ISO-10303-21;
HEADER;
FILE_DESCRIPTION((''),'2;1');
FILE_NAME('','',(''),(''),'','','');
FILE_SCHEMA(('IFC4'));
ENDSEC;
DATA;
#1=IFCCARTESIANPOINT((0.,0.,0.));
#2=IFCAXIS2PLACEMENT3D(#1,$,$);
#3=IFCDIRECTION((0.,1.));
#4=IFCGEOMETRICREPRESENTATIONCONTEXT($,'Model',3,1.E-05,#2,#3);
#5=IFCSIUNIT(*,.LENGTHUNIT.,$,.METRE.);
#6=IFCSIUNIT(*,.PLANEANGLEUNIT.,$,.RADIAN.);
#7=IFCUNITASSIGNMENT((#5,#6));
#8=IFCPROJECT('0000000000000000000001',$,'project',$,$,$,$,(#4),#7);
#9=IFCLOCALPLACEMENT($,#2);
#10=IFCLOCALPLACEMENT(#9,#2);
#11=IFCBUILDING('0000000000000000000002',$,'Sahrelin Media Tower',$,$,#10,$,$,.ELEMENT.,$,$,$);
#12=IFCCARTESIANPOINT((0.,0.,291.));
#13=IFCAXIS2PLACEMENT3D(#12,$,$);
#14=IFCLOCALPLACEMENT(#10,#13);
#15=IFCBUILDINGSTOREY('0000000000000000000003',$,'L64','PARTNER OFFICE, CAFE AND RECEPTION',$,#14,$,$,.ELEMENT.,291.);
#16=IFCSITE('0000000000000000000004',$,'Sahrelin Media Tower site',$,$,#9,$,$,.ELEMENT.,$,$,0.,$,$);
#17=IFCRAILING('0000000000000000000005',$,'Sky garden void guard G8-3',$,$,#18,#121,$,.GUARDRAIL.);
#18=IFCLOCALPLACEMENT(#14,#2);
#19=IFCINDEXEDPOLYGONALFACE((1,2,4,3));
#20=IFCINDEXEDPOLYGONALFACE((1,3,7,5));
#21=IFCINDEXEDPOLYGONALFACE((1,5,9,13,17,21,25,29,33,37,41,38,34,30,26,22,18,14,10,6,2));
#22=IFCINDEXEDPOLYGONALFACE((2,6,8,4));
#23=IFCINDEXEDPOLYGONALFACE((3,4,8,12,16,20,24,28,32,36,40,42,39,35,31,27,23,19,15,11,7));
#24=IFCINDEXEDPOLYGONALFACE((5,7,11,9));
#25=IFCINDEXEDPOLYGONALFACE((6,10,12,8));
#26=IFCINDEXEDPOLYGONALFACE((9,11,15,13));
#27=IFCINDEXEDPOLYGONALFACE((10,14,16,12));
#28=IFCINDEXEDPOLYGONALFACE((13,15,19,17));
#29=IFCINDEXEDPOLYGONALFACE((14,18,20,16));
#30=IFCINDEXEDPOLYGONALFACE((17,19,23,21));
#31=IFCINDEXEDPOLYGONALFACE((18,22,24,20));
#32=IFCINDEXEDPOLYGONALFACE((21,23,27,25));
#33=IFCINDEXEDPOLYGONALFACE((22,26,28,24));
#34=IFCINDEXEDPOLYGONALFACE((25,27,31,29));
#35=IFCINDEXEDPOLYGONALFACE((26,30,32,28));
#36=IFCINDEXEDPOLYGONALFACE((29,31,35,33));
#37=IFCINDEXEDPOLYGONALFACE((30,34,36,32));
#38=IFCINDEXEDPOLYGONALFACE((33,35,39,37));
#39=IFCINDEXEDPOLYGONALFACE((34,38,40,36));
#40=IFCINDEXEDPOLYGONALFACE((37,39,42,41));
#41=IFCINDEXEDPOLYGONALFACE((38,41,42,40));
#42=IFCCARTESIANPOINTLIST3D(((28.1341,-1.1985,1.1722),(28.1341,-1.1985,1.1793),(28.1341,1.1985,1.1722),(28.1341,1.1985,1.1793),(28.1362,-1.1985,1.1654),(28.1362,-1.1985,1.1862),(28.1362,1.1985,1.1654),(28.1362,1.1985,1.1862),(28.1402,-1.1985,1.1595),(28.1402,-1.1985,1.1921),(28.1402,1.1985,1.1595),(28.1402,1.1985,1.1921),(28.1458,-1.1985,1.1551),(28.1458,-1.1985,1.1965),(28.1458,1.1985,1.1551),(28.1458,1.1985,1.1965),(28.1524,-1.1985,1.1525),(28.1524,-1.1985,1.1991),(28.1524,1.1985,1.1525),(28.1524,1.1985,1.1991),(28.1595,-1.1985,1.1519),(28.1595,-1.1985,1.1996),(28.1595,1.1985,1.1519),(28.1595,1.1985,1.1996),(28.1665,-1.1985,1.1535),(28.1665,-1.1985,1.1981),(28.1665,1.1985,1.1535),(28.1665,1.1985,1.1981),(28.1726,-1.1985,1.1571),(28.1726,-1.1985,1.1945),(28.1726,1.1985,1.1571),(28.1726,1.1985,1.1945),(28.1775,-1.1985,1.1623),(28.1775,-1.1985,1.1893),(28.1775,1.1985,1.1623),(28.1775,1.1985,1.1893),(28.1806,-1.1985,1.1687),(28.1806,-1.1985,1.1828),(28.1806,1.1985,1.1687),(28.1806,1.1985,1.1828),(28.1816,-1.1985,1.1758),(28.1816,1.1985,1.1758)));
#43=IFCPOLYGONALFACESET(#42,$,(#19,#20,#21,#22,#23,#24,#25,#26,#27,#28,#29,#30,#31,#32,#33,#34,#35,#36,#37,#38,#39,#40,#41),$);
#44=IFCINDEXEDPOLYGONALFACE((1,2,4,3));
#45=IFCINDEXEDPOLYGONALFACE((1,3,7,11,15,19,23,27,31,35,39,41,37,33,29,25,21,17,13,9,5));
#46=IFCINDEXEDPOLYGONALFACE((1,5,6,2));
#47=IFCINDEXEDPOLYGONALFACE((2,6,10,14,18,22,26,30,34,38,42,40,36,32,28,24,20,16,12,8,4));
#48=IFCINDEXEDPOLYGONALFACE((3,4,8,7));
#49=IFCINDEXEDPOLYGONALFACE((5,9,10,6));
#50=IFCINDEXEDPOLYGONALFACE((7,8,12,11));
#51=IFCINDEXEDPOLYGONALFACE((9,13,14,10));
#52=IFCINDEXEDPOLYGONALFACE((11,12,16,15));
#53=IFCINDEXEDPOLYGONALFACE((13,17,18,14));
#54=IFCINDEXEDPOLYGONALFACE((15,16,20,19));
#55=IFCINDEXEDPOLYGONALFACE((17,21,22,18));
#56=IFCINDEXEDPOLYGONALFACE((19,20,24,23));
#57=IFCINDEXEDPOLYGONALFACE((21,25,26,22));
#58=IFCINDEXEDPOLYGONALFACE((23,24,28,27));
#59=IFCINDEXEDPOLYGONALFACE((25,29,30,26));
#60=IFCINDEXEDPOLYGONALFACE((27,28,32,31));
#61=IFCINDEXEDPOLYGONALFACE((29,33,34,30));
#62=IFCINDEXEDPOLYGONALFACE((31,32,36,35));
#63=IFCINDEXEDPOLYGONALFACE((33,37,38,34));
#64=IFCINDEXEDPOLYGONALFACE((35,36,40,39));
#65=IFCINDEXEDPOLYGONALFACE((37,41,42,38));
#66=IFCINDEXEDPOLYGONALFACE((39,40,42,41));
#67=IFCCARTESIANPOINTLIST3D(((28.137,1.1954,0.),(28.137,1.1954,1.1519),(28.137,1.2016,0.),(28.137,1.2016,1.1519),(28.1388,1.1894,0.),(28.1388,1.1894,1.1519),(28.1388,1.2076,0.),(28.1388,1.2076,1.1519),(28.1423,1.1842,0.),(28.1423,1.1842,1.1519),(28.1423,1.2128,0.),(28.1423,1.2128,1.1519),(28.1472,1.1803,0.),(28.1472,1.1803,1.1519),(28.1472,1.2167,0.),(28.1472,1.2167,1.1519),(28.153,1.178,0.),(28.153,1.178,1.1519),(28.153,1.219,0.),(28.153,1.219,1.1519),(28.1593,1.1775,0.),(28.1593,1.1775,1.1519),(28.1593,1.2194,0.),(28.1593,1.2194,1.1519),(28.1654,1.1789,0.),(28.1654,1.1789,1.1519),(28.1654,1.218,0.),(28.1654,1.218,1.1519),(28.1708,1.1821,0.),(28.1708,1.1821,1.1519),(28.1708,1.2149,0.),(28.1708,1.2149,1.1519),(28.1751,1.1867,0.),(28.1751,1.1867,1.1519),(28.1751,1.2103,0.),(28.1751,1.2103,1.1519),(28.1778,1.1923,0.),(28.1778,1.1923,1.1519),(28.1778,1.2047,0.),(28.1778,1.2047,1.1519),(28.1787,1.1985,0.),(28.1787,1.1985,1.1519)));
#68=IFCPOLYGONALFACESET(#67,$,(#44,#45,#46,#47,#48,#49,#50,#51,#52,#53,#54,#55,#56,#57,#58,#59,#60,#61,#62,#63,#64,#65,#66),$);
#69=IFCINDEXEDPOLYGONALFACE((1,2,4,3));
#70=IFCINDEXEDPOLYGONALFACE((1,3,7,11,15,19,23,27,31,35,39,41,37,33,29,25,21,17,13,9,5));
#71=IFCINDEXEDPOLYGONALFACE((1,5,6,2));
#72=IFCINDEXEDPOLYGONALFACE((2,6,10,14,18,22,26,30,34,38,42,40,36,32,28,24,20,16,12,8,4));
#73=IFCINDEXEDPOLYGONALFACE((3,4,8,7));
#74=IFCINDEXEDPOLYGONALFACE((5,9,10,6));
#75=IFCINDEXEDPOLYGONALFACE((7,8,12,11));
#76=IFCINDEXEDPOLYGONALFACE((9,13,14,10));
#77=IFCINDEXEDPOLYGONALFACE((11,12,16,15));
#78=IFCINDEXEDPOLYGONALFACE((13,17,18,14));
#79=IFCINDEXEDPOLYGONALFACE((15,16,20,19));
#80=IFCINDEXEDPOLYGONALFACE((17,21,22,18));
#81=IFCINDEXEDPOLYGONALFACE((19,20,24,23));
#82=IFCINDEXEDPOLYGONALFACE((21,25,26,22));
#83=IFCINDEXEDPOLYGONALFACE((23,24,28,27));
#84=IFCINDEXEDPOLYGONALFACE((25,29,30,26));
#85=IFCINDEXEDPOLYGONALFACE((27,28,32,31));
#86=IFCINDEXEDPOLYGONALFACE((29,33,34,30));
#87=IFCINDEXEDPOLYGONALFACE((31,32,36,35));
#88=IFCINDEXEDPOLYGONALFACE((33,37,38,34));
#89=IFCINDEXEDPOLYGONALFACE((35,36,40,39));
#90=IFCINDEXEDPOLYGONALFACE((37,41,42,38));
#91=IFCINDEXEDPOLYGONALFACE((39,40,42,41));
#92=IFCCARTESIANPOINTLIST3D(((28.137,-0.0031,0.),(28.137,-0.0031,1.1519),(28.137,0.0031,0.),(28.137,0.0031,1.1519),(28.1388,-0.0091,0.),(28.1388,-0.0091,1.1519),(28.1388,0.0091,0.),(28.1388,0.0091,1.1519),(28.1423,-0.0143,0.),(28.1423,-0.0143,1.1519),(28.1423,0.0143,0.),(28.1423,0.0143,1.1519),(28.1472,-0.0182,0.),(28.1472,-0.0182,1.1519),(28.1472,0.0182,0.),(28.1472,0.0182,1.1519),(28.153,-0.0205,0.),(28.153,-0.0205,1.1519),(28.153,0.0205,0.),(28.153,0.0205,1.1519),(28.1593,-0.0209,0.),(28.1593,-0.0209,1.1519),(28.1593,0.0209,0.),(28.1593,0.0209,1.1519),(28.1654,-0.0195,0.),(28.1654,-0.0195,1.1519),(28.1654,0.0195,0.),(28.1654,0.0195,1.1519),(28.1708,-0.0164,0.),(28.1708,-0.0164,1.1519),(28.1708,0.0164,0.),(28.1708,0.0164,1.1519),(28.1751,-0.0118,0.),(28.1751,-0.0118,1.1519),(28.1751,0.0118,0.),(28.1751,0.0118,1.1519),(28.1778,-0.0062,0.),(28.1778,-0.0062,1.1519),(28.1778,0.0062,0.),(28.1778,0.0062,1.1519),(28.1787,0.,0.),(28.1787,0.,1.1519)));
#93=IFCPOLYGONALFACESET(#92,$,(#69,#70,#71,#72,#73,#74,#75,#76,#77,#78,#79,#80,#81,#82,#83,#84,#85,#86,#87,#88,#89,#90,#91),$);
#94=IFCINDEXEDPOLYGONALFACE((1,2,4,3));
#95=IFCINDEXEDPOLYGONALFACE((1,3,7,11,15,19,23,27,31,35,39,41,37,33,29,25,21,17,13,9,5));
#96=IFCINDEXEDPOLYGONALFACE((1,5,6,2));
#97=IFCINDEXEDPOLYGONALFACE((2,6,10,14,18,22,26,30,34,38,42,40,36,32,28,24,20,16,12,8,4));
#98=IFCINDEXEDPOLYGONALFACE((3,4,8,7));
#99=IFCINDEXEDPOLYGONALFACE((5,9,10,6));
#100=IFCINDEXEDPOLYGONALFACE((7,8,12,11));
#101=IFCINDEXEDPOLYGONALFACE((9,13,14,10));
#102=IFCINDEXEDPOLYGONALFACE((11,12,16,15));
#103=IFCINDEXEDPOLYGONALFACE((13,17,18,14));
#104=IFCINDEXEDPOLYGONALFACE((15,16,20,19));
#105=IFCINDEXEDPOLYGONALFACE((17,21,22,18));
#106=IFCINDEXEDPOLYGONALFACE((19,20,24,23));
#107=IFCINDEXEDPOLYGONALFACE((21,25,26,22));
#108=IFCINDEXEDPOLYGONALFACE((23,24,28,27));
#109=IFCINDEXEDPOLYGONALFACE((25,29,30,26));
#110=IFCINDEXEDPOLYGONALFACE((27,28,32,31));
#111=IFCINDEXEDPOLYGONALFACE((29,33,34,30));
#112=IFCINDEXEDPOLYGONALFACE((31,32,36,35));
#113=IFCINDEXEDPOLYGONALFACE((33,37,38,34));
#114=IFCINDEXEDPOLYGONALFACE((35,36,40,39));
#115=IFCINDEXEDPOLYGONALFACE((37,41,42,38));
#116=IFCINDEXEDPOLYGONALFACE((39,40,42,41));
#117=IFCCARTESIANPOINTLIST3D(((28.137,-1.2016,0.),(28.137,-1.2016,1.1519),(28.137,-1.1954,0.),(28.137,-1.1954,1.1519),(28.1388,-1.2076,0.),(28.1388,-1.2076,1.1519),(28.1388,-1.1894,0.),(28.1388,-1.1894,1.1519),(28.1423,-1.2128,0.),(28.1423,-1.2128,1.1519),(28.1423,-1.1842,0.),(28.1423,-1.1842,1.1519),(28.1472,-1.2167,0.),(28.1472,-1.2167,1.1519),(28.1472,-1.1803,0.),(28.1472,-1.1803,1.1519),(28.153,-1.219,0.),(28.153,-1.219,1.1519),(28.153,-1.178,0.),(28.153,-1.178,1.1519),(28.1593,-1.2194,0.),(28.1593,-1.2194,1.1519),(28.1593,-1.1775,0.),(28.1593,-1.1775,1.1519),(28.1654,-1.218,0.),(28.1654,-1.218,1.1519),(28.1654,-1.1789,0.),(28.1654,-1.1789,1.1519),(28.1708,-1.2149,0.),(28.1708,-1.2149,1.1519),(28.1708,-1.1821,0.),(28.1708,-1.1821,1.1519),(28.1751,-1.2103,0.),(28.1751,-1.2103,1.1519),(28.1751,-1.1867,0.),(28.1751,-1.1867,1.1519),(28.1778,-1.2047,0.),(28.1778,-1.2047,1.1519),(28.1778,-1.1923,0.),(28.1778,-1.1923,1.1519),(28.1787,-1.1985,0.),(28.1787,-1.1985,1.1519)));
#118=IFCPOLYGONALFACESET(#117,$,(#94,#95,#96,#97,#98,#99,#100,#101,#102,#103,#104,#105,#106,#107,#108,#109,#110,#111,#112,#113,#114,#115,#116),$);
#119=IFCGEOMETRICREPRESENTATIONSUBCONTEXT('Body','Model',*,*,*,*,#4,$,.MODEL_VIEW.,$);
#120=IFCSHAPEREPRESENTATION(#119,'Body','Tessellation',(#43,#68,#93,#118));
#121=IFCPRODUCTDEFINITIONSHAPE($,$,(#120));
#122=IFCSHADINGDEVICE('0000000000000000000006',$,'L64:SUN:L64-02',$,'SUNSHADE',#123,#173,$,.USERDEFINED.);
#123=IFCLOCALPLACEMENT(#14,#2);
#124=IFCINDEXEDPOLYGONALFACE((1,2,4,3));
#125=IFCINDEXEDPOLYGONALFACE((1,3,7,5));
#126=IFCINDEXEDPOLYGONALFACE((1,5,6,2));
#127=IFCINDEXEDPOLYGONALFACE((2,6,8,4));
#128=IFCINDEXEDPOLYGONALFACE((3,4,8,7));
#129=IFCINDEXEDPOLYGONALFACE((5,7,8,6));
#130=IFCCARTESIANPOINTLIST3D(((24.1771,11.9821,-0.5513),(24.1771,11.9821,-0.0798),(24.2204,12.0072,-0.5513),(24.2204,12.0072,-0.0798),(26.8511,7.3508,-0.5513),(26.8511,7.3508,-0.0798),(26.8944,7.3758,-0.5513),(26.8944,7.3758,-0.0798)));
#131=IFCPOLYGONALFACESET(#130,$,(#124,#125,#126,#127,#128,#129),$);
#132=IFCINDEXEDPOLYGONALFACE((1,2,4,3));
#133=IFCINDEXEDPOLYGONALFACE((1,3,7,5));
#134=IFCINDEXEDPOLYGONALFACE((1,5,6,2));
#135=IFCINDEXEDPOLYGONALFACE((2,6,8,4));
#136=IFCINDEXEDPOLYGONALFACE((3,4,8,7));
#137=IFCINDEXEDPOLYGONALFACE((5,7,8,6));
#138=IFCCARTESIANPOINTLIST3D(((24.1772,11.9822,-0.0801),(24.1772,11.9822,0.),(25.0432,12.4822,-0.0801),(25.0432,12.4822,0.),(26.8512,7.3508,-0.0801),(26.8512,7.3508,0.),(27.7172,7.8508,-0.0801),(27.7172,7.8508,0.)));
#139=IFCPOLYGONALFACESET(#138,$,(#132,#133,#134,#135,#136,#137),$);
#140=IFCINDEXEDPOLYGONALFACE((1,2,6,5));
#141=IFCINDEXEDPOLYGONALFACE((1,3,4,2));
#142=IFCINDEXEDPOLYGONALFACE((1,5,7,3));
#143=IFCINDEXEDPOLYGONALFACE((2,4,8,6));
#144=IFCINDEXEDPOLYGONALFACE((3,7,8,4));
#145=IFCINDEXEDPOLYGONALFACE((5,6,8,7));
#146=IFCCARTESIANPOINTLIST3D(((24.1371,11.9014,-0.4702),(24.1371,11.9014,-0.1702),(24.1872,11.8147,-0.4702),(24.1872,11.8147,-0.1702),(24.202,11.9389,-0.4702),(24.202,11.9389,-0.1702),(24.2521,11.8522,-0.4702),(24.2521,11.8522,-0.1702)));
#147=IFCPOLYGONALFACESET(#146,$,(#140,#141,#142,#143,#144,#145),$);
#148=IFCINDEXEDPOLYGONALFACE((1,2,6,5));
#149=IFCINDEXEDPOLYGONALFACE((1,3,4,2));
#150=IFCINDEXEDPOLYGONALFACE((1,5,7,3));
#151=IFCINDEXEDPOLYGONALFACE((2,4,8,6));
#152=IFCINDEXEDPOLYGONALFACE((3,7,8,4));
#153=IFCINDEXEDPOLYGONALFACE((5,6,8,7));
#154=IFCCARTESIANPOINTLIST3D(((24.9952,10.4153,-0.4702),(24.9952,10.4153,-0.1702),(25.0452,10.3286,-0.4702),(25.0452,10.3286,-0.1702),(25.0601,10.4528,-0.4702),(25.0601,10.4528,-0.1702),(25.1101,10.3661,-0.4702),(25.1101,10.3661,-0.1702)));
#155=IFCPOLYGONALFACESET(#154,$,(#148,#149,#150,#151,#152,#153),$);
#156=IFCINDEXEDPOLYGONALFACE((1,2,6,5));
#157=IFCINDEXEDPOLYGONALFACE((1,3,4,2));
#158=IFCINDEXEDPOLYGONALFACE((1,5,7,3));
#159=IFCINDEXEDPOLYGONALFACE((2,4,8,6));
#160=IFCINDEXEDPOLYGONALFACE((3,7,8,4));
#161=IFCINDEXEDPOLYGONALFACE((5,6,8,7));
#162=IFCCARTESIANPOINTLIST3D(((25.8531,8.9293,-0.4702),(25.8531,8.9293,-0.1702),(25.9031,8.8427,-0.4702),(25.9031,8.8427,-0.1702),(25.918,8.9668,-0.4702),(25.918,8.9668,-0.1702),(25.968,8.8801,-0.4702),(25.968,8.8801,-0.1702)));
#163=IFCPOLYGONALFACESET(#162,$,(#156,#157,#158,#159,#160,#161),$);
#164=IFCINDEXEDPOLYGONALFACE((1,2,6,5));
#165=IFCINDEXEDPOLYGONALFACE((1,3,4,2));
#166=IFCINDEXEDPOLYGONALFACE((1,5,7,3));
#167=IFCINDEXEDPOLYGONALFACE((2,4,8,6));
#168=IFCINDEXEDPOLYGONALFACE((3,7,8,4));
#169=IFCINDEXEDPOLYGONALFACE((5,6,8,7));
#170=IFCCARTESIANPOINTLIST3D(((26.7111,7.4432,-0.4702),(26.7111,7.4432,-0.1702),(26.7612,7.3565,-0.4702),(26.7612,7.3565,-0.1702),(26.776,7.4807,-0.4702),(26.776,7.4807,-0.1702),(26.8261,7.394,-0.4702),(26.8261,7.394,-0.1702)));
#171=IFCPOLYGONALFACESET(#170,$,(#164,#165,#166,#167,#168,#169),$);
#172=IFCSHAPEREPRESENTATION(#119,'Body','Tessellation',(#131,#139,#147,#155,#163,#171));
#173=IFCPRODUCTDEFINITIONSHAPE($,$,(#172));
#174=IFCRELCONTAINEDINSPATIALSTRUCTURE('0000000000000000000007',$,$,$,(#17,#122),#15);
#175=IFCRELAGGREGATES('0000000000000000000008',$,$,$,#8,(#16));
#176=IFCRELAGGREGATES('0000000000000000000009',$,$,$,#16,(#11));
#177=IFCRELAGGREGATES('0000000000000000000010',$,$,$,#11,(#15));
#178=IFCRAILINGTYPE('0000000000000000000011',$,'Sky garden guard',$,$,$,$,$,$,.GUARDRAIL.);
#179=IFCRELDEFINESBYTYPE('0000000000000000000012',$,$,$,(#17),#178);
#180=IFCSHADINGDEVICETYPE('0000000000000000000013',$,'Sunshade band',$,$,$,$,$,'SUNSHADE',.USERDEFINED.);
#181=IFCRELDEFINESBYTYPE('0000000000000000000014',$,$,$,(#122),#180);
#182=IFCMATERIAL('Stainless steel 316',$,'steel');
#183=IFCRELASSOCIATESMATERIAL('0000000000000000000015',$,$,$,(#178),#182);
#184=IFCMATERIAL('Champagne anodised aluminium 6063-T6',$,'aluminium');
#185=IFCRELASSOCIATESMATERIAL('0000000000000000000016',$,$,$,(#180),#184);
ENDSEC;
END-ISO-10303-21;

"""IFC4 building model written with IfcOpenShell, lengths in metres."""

from ifc_helpers import new_model, si_unit, direction, frame, origin, origin_2d, place, context, subcontext, project, spatial, rectangle, circle, extrude, material, type_object, element, save


model = new_model("IFC4")

# Units and contexts
model_context = context("Model", 3, precision=1e-05, world=origin(), true_north=direction((0.0, 1.0)))
body_context = subcontext(model_context, "Body", "Model", "MODEL_VIEW")
ifc_project = project(units=[si_unit("LENGTHUNIT", "METRE"), si_unit("PLANEANGLEUNIT", "RADIAN")], contexts=[model_context])

# Site, building, storey
site_placement = place(None, origin())
site = spatial("IfcSite", under=ifc_project, at=site_placement, Name="Sahrelin Media Tower site", CompositionType="ELEMENT", RefElevation=0.0)
building_placement = place(site_placement, origin())
building = spatial("IfcBuilding", under=site, at=building_placement, Name="Sahrelin Media Tower", CompositionType="ELEMENT")
storey_placement = place(building_placement, frame((0.0, 0.0, 291.0)))
storey = spatial("IfcBuildingStorey", under=building, at=storey_placement, Name="L64", Description="PARTNER OFFICE, CAFE AND RECEPTION", CompositionType="ELEMENT", Elevation=291.0)

# Shared definitions
ifc_material_1 = material(Name="Champagne anodised aluminium 6063-T6", Category="aluminium")

# Shared definitions
placement = place(storey_placement, frame((25.4968, 9.6565, 0.0), z_axis=(0.0, 0.0, 1.0), x_axis=(0.500011, -0.866019, 0.0)))

# Railing
ifc_material_2 = material(Name="Stainless steel 316", Category="steel")
railing_type = type_object("IfcRailingType", Name="Sky garden guard", PredefinedType="GUARDRAIL", material=ifc_material_2)
railing_1_placement = place(storey_placement, frame((28.1577, 1.1985, 0.0)))
element("IfcRailing", 1, at=railing_1_placement, inside=storey, type_object=railing_type, Name="Sky garden void guard G8-3", PredefinedType="GUARDRAIL", context=body_context, shape_type="SweptSolid", body=[
    extrude(circle(Radius=0.0239, at=origin_2d()), frame((0.0, 0.0, 1.1758), z_axis=(0.0, -1.0, 0.0), x_axis=(1.0, 0.0, 0.0)), (0.0, 0.0, 1.0), 2.397),
    extrude(circle(Radius=0.021, at=origin_2d()), origin(), (0.0, 0.0, 1.0), 1.1519),
    extrude(circle(Radius=0.021, at=origin_2d()), frame((0.0, -1.1985, 0.0)), (0.0, 0.0, 1.0), 1.1519),
    extrude(circle(Radius=0.021, at=origin_2d()), frame((0.0, -2.397, 0.0)), (0.0, 0.0, 1.0), 1.1519),
])

# Shading device
shading_device_type_1 = type_object("IfcShadingDeviceType", Name="Sunshade band", ElementType="SUNSHADE", PredefinedType="USERDEFINED", material=ifc_material_1)
element("IfcShadingDevice", 2, at=placement, inside=storey, type_object=shading_device_type_1, Name="L64:SUN:L64-02", ObjectType="SUNSHADE", PredefinedType="USERDEFINED", context=body_context, shape_type="SweptSolid", body=[
    extrude(rectangle(XDim=5.3479, YDim=0.05, at=origin_2d()), frame((0.0, 0.0449, -0.5513)), (0.0, 0.0, 1.0), 0.4714),
    extrude(rectangle(XDim=5.3479, YDim=1.0, at=origin_2d()), frame((0.0, 0.52, -0.0801)), (0.0, 0.0, 1.0), 0.0801),
    extrude(rectangle(XDim=0.1001, YDim=0.075, at=origin_2d()), frame((-2.574, -0.0176, -0.4702)), (0.0, 0.0, 1.0), 0.3),
    extrude(rectangle(XDim=0.1001, YDim=0.075, at=origin_2d()), frame((-0.8579, -0.0176, -0.4702)), (0.0, 0.0, 1.0), 0.3),
    extrude(rectangle(XDim=0.1001, YDim=0.075, at=origin_2d()), frame((0.8579, -0.0176, -0.4702)), (0.0, 0.0, 1.0), 0.3),
    extrude(rectangle(XDim=0.1001, YDim=0.075, at=origin_2d()), frame((2.574, -0.0176, -0.4702)), (0.0, 0.0, 1.0), 0.3),
])

save(model, "model.ifc")
